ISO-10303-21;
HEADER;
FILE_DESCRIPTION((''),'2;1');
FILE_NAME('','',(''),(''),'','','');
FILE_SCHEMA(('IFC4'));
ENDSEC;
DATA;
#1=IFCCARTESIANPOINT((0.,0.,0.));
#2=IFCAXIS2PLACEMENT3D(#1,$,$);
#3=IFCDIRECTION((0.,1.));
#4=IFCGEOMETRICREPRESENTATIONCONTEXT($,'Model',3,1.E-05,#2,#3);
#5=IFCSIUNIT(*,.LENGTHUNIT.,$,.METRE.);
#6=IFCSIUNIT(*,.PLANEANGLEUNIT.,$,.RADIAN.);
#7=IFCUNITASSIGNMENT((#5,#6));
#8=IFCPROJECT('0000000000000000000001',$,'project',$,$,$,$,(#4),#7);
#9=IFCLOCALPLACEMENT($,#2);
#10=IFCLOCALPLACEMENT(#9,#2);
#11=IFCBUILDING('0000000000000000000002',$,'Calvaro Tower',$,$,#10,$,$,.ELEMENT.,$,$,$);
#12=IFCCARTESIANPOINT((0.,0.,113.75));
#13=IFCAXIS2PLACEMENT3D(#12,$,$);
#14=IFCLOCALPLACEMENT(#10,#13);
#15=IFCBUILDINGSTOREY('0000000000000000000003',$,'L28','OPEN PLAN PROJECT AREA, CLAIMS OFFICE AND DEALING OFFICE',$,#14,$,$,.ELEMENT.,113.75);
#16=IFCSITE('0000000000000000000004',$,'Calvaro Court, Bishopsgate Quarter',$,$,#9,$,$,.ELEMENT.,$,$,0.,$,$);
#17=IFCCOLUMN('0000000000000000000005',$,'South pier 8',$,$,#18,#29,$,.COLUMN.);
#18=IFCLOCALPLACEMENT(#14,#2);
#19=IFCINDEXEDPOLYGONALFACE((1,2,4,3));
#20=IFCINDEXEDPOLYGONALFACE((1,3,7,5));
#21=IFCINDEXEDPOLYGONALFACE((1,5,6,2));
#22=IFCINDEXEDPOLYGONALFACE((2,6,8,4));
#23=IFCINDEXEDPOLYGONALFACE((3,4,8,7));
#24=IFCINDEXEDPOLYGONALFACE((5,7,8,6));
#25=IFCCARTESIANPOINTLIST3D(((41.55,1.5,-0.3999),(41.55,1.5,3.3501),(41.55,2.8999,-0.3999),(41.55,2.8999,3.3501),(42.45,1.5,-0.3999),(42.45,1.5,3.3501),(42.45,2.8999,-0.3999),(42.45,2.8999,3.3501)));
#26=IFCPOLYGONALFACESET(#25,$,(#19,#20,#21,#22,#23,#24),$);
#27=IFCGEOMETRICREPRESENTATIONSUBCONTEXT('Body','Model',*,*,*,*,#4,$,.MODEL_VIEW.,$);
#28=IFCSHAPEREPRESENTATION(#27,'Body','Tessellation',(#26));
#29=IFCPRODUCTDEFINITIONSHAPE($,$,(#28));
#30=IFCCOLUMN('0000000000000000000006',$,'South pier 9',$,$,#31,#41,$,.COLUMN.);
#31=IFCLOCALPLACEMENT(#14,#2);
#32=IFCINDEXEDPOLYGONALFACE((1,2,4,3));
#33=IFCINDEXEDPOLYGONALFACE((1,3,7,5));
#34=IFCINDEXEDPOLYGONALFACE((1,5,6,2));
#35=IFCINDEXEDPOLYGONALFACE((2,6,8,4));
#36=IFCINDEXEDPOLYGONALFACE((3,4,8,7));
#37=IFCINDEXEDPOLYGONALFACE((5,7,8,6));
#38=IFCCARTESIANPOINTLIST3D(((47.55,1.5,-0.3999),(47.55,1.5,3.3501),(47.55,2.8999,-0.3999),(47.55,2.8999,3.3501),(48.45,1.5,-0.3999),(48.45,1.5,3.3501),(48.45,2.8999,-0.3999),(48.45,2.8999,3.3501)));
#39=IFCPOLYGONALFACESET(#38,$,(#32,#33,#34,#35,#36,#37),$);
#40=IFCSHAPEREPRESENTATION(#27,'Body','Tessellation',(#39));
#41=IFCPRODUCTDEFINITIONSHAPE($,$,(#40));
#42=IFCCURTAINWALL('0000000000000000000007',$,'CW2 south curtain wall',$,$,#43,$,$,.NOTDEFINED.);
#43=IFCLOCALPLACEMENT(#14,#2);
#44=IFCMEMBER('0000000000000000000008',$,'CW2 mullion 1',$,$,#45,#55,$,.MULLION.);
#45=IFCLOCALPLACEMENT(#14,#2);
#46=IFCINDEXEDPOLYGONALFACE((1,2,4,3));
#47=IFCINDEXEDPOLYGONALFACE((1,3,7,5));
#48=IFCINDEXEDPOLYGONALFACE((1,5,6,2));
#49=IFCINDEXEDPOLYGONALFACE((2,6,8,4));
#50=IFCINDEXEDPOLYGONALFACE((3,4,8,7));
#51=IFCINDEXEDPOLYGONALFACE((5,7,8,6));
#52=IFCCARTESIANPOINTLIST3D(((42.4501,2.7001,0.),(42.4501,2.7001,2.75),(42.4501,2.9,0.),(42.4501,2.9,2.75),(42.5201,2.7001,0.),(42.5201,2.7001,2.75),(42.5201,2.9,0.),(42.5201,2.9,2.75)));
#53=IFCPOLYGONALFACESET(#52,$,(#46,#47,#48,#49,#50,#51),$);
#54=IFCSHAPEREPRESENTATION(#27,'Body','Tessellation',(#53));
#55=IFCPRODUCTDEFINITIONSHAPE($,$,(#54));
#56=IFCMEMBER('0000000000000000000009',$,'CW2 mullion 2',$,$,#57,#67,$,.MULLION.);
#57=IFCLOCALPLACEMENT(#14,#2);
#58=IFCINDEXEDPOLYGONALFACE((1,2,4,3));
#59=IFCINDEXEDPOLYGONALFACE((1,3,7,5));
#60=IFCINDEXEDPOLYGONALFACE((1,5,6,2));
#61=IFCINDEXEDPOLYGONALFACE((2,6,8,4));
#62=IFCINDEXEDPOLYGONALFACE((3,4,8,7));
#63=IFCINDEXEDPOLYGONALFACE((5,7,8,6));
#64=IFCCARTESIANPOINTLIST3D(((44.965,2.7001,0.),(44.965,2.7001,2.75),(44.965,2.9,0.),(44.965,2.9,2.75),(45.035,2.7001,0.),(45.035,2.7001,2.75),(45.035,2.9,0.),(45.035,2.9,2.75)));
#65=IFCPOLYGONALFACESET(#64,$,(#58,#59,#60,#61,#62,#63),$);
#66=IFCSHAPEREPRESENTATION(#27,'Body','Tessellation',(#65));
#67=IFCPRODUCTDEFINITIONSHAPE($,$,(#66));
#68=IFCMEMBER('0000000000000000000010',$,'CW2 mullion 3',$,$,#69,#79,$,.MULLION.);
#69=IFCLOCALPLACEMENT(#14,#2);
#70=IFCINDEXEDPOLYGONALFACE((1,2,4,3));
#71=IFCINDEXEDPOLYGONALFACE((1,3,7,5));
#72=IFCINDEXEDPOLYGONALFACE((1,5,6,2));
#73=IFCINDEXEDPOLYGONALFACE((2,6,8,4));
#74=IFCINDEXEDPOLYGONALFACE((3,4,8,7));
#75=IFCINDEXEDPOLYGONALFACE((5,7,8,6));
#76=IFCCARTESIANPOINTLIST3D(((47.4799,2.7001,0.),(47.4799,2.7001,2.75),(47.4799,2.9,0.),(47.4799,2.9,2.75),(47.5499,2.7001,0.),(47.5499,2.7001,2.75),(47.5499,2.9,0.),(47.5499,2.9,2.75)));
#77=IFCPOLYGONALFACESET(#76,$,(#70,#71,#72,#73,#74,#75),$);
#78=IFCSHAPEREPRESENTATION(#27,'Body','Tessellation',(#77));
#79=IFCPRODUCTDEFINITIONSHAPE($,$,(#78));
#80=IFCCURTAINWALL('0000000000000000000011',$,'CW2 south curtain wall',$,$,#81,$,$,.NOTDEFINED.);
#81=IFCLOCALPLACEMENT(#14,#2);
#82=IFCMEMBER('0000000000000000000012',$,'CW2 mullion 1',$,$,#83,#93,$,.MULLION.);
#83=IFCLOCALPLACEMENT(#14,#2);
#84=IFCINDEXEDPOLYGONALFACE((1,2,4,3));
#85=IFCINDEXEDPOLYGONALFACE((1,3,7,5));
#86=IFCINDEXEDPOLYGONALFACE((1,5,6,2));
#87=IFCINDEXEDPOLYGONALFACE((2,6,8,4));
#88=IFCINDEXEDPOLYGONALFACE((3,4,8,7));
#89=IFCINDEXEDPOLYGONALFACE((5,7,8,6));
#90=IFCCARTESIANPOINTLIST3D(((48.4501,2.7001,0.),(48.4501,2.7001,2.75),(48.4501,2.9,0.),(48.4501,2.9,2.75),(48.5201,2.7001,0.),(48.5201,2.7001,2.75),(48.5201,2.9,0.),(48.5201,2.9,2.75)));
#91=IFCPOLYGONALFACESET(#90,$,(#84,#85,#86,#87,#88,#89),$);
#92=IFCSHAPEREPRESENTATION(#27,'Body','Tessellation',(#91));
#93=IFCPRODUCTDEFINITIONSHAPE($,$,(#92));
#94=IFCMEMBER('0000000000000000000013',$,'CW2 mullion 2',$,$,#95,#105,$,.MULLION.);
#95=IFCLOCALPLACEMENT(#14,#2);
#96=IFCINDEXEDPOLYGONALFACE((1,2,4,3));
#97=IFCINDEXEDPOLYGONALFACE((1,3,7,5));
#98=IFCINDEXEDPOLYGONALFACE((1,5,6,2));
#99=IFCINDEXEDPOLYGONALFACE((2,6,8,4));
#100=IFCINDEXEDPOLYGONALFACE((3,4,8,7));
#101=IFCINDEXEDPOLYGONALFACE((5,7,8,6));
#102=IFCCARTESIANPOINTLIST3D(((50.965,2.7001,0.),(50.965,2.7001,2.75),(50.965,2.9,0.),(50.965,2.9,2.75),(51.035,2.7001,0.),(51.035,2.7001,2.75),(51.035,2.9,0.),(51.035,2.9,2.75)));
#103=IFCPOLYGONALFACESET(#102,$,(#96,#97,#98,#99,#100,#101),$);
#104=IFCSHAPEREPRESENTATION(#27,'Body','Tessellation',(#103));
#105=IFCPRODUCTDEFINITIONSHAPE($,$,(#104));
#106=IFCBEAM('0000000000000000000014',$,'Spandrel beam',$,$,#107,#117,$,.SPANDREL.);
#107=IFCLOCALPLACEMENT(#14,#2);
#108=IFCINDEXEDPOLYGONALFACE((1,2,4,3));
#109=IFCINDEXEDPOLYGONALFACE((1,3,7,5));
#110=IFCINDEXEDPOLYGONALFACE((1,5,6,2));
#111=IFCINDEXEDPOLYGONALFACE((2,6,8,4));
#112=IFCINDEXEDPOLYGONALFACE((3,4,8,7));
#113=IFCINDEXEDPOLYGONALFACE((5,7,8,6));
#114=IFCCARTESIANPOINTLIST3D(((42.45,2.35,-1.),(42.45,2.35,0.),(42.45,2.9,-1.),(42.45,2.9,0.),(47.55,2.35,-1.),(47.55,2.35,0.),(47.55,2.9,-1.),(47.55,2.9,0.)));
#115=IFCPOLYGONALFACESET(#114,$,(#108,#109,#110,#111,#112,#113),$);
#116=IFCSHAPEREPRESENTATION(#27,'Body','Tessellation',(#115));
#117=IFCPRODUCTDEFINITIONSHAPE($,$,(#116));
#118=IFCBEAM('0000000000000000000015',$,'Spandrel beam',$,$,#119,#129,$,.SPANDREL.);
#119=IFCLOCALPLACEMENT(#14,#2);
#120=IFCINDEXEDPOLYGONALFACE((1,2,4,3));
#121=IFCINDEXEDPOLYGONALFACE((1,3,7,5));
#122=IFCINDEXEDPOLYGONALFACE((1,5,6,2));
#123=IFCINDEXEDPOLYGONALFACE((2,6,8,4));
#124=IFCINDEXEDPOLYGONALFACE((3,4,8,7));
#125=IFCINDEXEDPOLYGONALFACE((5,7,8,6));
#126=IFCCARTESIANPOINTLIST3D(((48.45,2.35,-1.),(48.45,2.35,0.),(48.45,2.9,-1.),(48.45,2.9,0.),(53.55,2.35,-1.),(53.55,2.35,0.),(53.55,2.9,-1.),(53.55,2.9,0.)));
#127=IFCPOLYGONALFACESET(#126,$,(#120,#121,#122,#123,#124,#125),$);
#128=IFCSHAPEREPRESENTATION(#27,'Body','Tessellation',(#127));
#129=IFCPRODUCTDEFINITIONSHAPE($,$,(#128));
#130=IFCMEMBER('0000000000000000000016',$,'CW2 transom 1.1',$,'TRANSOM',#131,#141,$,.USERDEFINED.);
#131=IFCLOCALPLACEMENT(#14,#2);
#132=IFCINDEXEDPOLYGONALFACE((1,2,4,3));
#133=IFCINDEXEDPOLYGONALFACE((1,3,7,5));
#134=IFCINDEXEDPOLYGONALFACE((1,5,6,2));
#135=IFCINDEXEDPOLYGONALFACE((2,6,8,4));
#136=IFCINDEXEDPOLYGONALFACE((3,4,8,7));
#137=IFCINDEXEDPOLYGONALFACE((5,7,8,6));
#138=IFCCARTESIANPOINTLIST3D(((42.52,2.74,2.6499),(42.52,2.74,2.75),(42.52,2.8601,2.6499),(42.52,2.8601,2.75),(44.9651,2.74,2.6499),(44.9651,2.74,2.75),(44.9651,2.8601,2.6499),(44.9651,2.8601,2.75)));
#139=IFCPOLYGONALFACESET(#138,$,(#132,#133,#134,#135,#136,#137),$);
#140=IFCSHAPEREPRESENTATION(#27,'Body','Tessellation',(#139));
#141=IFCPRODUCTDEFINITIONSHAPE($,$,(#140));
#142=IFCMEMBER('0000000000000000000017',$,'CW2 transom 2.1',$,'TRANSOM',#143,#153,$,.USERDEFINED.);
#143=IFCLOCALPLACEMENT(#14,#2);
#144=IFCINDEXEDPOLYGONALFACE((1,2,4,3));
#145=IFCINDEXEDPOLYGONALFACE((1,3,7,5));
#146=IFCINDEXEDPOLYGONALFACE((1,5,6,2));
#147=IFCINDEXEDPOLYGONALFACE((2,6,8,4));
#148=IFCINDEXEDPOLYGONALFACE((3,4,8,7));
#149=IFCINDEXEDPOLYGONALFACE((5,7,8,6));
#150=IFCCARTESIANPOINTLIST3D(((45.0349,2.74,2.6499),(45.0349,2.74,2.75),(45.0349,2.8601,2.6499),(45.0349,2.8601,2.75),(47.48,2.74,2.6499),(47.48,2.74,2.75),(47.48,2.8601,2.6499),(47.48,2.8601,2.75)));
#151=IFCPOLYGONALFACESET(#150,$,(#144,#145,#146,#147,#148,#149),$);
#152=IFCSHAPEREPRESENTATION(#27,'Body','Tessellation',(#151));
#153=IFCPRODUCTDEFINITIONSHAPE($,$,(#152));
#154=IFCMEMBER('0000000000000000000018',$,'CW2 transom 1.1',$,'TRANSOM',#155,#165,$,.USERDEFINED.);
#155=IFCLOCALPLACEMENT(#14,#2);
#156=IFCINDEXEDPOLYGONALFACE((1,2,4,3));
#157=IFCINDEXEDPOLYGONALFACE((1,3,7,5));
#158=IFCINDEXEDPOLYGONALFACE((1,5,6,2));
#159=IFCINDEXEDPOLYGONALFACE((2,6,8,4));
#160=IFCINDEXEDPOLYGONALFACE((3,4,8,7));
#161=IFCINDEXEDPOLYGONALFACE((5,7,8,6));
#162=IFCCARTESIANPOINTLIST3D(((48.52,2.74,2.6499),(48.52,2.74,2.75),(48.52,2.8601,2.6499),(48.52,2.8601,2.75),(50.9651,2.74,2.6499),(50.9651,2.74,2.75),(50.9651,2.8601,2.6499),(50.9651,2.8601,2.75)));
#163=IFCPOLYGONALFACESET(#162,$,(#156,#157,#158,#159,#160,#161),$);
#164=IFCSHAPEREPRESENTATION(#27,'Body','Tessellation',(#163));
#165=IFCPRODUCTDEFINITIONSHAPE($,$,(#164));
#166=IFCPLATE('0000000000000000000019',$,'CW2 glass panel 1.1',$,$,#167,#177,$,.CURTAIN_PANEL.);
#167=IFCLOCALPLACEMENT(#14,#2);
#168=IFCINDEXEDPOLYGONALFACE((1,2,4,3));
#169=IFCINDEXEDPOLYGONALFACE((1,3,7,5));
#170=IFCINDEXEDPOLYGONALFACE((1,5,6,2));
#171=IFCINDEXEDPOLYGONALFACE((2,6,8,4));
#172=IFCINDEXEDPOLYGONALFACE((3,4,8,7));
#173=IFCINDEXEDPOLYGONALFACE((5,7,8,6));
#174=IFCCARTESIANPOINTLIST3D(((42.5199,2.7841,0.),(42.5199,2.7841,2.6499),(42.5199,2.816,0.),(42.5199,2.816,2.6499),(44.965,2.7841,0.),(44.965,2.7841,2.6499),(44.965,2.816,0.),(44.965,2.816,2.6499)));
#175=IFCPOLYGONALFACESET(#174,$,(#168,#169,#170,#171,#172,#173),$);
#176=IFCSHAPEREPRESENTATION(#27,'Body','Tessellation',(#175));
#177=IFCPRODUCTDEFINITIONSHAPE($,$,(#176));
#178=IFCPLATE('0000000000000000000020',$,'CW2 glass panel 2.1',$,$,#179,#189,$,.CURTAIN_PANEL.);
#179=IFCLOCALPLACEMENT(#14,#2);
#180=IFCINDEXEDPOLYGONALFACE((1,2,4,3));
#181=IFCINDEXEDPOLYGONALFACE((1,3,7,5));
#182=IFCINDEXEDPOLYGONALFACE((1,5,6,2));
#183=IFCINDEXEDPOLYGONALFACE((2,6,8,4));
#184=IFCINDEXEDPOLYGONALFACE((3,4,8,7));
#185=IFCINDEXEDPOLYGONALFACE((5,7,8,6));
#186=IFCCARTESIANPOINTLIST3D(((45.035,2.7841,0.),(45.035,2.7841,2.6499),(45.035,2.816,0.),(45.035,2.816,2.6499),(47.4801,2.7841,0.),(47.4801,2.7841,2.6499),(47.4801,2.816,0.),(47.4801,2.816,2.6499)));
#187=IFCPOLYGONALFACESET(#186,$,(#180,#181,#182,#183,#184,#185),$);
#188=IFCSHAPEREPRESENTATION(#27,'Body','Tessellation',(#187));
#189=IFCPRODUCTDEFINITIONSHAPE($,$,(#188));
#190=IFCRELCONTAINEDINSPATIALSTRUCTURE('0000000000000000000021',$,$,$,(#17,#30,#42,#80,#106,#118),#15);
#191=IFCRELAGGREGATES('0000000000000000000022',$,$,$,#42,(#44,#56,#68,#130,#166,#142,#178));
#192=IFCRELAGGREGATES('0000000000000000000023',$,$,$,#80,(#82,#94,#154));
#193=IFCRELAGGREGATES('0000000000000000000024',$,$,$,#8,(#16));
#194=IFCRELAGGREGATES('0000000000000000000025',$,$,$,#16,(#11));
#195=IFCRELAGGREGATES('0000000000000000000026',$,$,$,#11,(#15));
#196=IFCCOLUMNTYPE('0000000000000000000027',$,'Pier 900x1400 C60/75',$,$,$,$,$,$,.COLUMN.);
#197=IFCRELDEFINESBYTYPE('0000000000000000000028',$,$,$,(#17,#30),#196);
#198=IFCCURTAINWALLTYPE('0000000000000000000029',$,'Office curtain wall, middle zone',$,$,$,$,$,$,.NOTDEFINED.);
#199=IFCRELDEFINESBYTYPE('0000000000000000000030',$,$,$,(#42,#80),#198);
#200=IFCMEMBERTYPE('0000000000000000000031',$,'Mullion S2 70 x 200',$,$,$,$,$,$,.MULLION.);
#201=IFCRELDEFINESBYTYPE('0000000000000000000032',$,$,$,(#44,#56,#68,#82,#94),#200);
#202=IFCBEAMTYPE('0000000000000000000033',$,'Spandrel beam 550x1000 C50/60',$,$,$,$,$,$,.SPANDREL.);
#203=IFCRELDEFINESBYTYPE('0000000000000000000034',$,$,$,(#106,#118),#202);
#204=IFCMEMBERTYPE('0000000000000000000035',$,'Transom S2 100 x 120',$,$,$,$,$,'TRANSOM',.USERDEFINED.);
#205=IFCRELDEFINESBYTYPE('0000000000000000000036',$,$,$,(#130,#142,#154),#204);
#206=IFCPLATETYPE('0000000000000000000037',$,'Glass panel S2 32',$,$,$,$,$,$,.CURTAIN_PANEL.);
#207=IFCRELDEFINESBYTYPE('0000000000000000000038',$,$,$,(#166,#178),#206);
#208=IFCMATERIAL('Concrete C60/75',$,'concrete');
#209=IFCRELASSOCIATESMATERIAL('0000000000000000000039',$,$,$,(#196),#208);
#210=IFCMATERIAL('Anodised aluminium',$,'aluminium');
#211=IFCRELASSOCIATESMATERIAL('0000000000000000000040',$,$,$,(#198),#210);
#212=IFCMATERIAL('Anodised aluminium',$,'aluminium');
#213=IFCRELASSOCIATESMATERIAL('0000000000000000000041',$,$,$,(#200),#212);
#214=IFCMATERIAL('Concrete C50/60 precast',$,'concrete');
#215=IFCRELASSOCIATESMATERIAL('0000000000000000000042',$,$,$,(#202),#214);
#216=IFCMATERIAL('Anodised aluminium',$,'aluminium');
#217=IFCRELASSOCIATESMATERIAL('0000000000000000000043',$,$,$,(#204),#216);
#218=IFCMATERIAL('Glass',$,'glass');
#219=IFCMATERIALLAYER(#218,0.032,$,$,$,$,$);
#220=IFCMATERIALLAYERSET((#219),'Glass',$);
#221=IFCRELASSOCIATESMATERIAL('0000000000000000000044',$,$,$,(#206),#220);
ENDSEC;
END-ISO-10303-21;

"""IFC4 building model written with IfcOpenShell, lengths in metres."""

from ifc_helpers import new_model, si_unit, direction, frame, origin, origin_2d, place, context, subcontext, project, spatial, rectangle, extrude, material, layer, layer_set, material_profile, profile_set, type_object, element, aggregate, save


model = new_model("IFC4")

# Units and contexts
model_context = context("Model", 3, precision=1e-05, world=origin(), true_north=direction((0.0, 1.0)))
body_context = subcontext(model_context, "Body", "Model", "MODEL_VIEW")
ifc_project = project(units=[si_unit("LENGTHUNIT", "METRE"), si_unit("PLANEANGLEUNIT", "RADIAN")], contexts=[model_context])

# Site, building, storey
site_placement = place(None, origin())
site = spatial("IfcSite", under=ifc_project, at=site_placement, Name="Calvaro Court, Bishopsgate Quarter", CompositionType="ELEMENT", RefElevation=0.0)
building_placement = place(site_placement, origin())
building = spatial("IfcBuilding", under=site, at=building_placement, Name="Calvaro Tower", CompositionType="ELEMENT")
storey_placement = place(building_placement, frame((0.0, 0.0, 113.75)))
storey = spatial("IfcBuildingStorey", under=building, at=storey_placement, Name="L28", Description="OPEN PLAN PROJECT AREA, CLAIMS OFFICE AND DEALING OFFICE", CompositionType="ELEMENT", Elevation=113.75)

# Columns
ifc_material_1 = material(Name="Concrete C60/75", Category="concrete")
ifc_material_profile_1 = material_profile(ifc_material_1, rectangle(XDim=0.8999, YDim=1.3999, at=origin_2d()), Name="RC 900x1400")
ifc_profile_set_1 = profile_set([ifc_material_profile_1], Name="Concrete C60/75")
column_type = type_object("IfcColumnType", Name="Pier 900x1400 C60/75", PredefinedType="COLUMN", material=ifc_profile_set_1)
for number, where, z_axis, x_axis, name in (
    (1, (42.0, 2.2, -0.3999), (0.0, 0.0, 1.0), (1.0, 0.0, 0.0), "South pier 8"),
    (2, (48.0, 2.2, -0.3999), (0.0, 0.0, 1.0), (1.0, 0.0, 0.0), "South pier 9"),
):
    element("IfcColumn", number, at=place(storey_placement, frame(where, z_axis=z_axis, x_axis=x_axis)), inside=storey, type_object=column_type, Name=name, PredefinedType="COLUMN", context=body_context, shape_type="SweptSolid", body=[
        extrude(rectangle(XDim=0.8999, YDim=1.3999, at=origin_2d()), origin(), (0.0, 0.0, 1.0), 3.75),
    ])

# Curtain walls, members
ifc_material_2 = material(Name="Anodised aluminium", Category="aluminium")
curtain_wall_type = type_object("IfcCurtainWallType", Name="Office curtain wall, middle zone", PredefinedType="NOTDEFINED", material=ifc_material_2)
curtain_wall_1_placement = place(storey_placement, origin())
curtain_wall_1 = element("IfcCurtainWall", 3, at=curtain_wall_1_placement, inside=storey, type_object=curtain_wall_type, Name="CW2 south curtain wall", PredefinedType="NOTDEFINED")
ifc_material_3 = material(Name="Anodised aluminium", Category="aluminium")
ifc_material_profile_2 = material_profile(ifc_material_3, rectangle(XDim=0.2, YDim=0.0701, at=origin_2d()), Name="Mullion S2 70 x 200")
ifc_profile_set_2 = profile_set([ifc_material_profile_2], Name="Anodised aluminium")
member_type_1 = type_object("IfcMemberType", Name="Mullion S2 70 x 200", PredefinedType="MULLION", material=ifc_profile_set_2)
member_1_placement = place(storey_placement, frame((42.4851, 2.8, 0.0), z_axis=(0.0, 0.0, 1.0), x_axis=(0.0, 1.0, 0.0)))
member_1 = element("IfcMember", 4, at=member_1_placement, type_object=member_type_1, Name="CW2 mullion 1", PredefinedType="MULLION", context=body_context, shape_type="SweptSolid", body=[
    extrude(rectangle(XDim=0.2, YDim=0.0701, at=origin_2d()), origin(), (0.0, 0.0, 1.0), 2.75),
])
member_2_placement = place(storey_placement, frame((45.0, 2.8, 0.0), z_axis=(0.0, 0.0, 1.0), x_axis=(0.0, 1.0, 0.0)))
member_2 = element("IfcMember", 5, at=member_2_placement, type_object=member_type_1, Name="CW2 mullion 2", PredefinedType="MULLION", context=body_context, shape_type="SweptSolid", body=[
    extrude(rectangle(XDim=0.2, YDim=0.0701, at=origin_2d()), origin(), (0.0, 0.0, 1.0), 2.75),
])
member_3_placement = place(storey_placement, frame((47.5149, 2.8, 0.0), z_axis=(0.0, 0.0, 1.0), x_axis=(0.0, 1.0, 0.0)))
member_3 = element("IfcMember", 6, at=member_3_placement, type_object=member_type_1, Name="CW2 mullion 3", PredefinedType="MULLION", context=body_context, shape_type="SweptSolid", body=[
    extrude(rectangle(XDim=0.2, YDim=0.0701, at=origin_2d()), origin(), (0.0, 0.0, 1.0), 2.75),
])
curtain_wall_2_placement = place(storey_placement, origin())
curtain_wall_2 = element("IfcCurtainWall", 7, at=curtain_wall_2_placement, inside=storey, type_object=curtain_wall_type, Name="CW2 south curtain wall", PredefinedType="NOTDEFINED")
member_4_placement = place(storey_placement, frame((48.4851, 2.8, 0.0), z_axis=(0.0, 0.0, 1.0), x_axis=(0.0, 1.0, 0.0)))
member_4 = element("IfcMember", 8, at=member_4_placement, type_object=member_type_1, Name="CW2 mullion 1", PredefinedType="MULLION", context=body_context, shape_type="SweptSolid", body=[
    extrude(rectangle(XDim=0.2, YDim=0.0701, at=origin_2d()), origin(), (0.0, 0.0, 1.0), 2.75),
])
member_5_placement = place(storey_placement, frame((51.0, 2.8, 0.0), z_axis=(0.0, 0.0, 1.0), x_axis=(0.0, 1.0, 0.0)))
member_5 = element("IfcMember", 9, at=member_5_placement, type_object=member_type_1, Name="CW2 mullion 2", PredefinedType="MULLION", context=body_context, shape_type="SweptSolid", body=[
    extrude(rectangle(XDim=0.2, YDim=0.0701, at=origin_2d()), origin(), (0.0, 0.0, 1.0), 2.75),
])

# Beams
ifc_material_4 = material(Name="Concrete C50/60 precast", Category="concrete")
ifc_material_profile_3 = material_profile(ifc_material_4, rectangle(XDim=0.55, YDim=1.0, at=origin_2d()), Name="RC 550x1000")
ifc_profile_set_3 = profile_set([ifc_material_profile_3], Name="Concrete C50/60 precast")
beam_type = type_object("IfcBeamType", Name="Spandrel beam 550x1000 C50/60", PredefinedType="SPANDREL", material=ifc_profile_set_3)
for number, where, z_axis, x_axis, name in (
    (10, (42.45, 2.625, -0.5), (1.0, 0.0, 0.0), (0.0, 1.0, 0.0), "Spandrel beam"),
    (11, (48.45, 2.625, -0.5), (1.0, 0.0, 0.0), (0.0, 1.0, 0.0), "Spandrel beam"),
):
    element("IfcBeam", number, at=place(storey_placement, frame(where, z_axis=z_axis, x_axis=x_axis)), inside=storey, type_object=beam_type, Name=name, PredefinedType="SPANDREL", context=body_context, shape_type="SweptSolid", body=[
        extrude(rectangle(XDim=0.55, YDim=1.0, at=origin_2d()), origin(), (0.0, 0.0, 1.0), 5.1001),
    ])

# Members
ifc_material_5 = material(Name="Anodised aluminium", Category="aluminium")
ifc_material_profile_4 = material_profile(ifc_material_5, rectangle(XDim=0.1201, YDim=0.1001, at=origin_2d()), Name="Transom S2 100 x 120")
ifc_profile_set_4 = profile_set([ifc_material_profile_4], Name="Anodised aluminium")
member_type_2 = type_object("IfcMemberType", Name="Transom S2 100 x 120", ElementType="TRANSOM", PredefinedType="USERDEFINED", material=ifc_profile_set_4)
member_6_placement = place(storey_placement, frame((42.52, 2.8, 2.7), z_axis=(1.0, 0.0, 0.0), x_axis=(0.0, 1.0, 0.0)))
member_6 = element("IfcMember", 12, at=member_6_placement, type_object=member_type_2, Name="CW2 transom 1.1", ObjectType="TRANSOM", PredefinedType="USERDEFINED", context=body_context, shape_type="SweptSolid", body=[
    extrude(rectangle(XDim=0.1201, YDim=0.1001, at=origin_2d()), origin(), (0.0, 0.0, 1.0), 2.4451),
])
member_7_placement = place(storey_placement, frame((45.0349, 2.8, 2.7), z_axis=(1.0, 0.0, 0.0), x_axis=(0.0, 1.0, 0.0)))
member_7 = element("IfcMember", 13, at=member_7_placement, type_object=member_type_2, Name="CW2 transom 2.1", ObjectType="TRANSOM", PredefinedType="USERDEFINED", context=body_context, shape_type="SweptSolid", body=[
    extrude(rectangle(XDim=0.1201, YDim=0.1001, at=origin_2d()), origin(), (0.0, 0.0, 1.0), 2.4451),
])
member_8_placement = place(storey_placement, frame((48.52, 2.8, 2.7), z_axis=(1.0, 0.0, 0.0), x_axis=(0.0, 1.0, 0.0)))
member_8 = element("IfcMember", 14, at=member_8_placement, type_object=member_type_2, Name="CW2 transom 1.1", ObjectType="TRANSOM", PredefinedType="USERDEFINED", context=body_context, shape_type="SweptSolid", body=[
    extrude(rectangle(XDim=0.1201, YDim=0.1001, at=origin_2d()), origin(), (0.0, 0.0, 1.0), 2.4451),
])

# Plates
ifc_material_6 = material(Name="Glass", Category="glass")
ifc_layer = layer(ifc_material_6, 0.032)
ifc_layer_set = layer_set([ifc_layer], Name="Glass")
plate_type = type_object("IfcPlateType", Name="Glass panel S2 32", PredefinedType="CURTAIN_PANEL", material=ifc_layer_set)
plate_1_placement = place(storey_placement, frame((43.7424, 2.8, 0.0), z_axis=(0.0, 0.0, 1.0), x_axis=(1.0, 0.0, 0.0)))
plate_1 = element("IfcPlate", 15, at=plate_1_placement, type_object=plate_type, Name="CW2 glass panel 1.1", PredefinedType="CURTAIN_PANEL", context=body_context, shape_type="SweptSolid", body=[
    extrude(rectangle(XDim=2.4451, YDim=0.032, at=origin_2d()), origin(), (0.0, 0.0, 1.0), 2.6499),
])
plate_2_placement = place(storey_placement, frame((46.2576, 2.8, 0.0), z_axis=(0.0, 0.0, 1.0), x_axis=(1.0, 0.0, 0.0)))
plate_2 = element("IfcPlate", 16, at=plate_2_placement, type_object=plate_type, Name="CW2 glass panel 2.1", PredefinedType="CURTAIN_PANEL", context=body_context, shape_type="SweptSolid", body=[
    extrude(rectangle(XDim=2.4451, YDim=0.032, at=origin_2d()), origin(), (0.0, 0.0, 1.0), 2.6499),
])
aggregate(curtain_wall_1, [member_1, member_2, member_3, member_6, plate_1, member_7, plate_2])
aggregate(curtain_wall_2, [member_4, member_5, member_8])

save(model, "model.ifc")
